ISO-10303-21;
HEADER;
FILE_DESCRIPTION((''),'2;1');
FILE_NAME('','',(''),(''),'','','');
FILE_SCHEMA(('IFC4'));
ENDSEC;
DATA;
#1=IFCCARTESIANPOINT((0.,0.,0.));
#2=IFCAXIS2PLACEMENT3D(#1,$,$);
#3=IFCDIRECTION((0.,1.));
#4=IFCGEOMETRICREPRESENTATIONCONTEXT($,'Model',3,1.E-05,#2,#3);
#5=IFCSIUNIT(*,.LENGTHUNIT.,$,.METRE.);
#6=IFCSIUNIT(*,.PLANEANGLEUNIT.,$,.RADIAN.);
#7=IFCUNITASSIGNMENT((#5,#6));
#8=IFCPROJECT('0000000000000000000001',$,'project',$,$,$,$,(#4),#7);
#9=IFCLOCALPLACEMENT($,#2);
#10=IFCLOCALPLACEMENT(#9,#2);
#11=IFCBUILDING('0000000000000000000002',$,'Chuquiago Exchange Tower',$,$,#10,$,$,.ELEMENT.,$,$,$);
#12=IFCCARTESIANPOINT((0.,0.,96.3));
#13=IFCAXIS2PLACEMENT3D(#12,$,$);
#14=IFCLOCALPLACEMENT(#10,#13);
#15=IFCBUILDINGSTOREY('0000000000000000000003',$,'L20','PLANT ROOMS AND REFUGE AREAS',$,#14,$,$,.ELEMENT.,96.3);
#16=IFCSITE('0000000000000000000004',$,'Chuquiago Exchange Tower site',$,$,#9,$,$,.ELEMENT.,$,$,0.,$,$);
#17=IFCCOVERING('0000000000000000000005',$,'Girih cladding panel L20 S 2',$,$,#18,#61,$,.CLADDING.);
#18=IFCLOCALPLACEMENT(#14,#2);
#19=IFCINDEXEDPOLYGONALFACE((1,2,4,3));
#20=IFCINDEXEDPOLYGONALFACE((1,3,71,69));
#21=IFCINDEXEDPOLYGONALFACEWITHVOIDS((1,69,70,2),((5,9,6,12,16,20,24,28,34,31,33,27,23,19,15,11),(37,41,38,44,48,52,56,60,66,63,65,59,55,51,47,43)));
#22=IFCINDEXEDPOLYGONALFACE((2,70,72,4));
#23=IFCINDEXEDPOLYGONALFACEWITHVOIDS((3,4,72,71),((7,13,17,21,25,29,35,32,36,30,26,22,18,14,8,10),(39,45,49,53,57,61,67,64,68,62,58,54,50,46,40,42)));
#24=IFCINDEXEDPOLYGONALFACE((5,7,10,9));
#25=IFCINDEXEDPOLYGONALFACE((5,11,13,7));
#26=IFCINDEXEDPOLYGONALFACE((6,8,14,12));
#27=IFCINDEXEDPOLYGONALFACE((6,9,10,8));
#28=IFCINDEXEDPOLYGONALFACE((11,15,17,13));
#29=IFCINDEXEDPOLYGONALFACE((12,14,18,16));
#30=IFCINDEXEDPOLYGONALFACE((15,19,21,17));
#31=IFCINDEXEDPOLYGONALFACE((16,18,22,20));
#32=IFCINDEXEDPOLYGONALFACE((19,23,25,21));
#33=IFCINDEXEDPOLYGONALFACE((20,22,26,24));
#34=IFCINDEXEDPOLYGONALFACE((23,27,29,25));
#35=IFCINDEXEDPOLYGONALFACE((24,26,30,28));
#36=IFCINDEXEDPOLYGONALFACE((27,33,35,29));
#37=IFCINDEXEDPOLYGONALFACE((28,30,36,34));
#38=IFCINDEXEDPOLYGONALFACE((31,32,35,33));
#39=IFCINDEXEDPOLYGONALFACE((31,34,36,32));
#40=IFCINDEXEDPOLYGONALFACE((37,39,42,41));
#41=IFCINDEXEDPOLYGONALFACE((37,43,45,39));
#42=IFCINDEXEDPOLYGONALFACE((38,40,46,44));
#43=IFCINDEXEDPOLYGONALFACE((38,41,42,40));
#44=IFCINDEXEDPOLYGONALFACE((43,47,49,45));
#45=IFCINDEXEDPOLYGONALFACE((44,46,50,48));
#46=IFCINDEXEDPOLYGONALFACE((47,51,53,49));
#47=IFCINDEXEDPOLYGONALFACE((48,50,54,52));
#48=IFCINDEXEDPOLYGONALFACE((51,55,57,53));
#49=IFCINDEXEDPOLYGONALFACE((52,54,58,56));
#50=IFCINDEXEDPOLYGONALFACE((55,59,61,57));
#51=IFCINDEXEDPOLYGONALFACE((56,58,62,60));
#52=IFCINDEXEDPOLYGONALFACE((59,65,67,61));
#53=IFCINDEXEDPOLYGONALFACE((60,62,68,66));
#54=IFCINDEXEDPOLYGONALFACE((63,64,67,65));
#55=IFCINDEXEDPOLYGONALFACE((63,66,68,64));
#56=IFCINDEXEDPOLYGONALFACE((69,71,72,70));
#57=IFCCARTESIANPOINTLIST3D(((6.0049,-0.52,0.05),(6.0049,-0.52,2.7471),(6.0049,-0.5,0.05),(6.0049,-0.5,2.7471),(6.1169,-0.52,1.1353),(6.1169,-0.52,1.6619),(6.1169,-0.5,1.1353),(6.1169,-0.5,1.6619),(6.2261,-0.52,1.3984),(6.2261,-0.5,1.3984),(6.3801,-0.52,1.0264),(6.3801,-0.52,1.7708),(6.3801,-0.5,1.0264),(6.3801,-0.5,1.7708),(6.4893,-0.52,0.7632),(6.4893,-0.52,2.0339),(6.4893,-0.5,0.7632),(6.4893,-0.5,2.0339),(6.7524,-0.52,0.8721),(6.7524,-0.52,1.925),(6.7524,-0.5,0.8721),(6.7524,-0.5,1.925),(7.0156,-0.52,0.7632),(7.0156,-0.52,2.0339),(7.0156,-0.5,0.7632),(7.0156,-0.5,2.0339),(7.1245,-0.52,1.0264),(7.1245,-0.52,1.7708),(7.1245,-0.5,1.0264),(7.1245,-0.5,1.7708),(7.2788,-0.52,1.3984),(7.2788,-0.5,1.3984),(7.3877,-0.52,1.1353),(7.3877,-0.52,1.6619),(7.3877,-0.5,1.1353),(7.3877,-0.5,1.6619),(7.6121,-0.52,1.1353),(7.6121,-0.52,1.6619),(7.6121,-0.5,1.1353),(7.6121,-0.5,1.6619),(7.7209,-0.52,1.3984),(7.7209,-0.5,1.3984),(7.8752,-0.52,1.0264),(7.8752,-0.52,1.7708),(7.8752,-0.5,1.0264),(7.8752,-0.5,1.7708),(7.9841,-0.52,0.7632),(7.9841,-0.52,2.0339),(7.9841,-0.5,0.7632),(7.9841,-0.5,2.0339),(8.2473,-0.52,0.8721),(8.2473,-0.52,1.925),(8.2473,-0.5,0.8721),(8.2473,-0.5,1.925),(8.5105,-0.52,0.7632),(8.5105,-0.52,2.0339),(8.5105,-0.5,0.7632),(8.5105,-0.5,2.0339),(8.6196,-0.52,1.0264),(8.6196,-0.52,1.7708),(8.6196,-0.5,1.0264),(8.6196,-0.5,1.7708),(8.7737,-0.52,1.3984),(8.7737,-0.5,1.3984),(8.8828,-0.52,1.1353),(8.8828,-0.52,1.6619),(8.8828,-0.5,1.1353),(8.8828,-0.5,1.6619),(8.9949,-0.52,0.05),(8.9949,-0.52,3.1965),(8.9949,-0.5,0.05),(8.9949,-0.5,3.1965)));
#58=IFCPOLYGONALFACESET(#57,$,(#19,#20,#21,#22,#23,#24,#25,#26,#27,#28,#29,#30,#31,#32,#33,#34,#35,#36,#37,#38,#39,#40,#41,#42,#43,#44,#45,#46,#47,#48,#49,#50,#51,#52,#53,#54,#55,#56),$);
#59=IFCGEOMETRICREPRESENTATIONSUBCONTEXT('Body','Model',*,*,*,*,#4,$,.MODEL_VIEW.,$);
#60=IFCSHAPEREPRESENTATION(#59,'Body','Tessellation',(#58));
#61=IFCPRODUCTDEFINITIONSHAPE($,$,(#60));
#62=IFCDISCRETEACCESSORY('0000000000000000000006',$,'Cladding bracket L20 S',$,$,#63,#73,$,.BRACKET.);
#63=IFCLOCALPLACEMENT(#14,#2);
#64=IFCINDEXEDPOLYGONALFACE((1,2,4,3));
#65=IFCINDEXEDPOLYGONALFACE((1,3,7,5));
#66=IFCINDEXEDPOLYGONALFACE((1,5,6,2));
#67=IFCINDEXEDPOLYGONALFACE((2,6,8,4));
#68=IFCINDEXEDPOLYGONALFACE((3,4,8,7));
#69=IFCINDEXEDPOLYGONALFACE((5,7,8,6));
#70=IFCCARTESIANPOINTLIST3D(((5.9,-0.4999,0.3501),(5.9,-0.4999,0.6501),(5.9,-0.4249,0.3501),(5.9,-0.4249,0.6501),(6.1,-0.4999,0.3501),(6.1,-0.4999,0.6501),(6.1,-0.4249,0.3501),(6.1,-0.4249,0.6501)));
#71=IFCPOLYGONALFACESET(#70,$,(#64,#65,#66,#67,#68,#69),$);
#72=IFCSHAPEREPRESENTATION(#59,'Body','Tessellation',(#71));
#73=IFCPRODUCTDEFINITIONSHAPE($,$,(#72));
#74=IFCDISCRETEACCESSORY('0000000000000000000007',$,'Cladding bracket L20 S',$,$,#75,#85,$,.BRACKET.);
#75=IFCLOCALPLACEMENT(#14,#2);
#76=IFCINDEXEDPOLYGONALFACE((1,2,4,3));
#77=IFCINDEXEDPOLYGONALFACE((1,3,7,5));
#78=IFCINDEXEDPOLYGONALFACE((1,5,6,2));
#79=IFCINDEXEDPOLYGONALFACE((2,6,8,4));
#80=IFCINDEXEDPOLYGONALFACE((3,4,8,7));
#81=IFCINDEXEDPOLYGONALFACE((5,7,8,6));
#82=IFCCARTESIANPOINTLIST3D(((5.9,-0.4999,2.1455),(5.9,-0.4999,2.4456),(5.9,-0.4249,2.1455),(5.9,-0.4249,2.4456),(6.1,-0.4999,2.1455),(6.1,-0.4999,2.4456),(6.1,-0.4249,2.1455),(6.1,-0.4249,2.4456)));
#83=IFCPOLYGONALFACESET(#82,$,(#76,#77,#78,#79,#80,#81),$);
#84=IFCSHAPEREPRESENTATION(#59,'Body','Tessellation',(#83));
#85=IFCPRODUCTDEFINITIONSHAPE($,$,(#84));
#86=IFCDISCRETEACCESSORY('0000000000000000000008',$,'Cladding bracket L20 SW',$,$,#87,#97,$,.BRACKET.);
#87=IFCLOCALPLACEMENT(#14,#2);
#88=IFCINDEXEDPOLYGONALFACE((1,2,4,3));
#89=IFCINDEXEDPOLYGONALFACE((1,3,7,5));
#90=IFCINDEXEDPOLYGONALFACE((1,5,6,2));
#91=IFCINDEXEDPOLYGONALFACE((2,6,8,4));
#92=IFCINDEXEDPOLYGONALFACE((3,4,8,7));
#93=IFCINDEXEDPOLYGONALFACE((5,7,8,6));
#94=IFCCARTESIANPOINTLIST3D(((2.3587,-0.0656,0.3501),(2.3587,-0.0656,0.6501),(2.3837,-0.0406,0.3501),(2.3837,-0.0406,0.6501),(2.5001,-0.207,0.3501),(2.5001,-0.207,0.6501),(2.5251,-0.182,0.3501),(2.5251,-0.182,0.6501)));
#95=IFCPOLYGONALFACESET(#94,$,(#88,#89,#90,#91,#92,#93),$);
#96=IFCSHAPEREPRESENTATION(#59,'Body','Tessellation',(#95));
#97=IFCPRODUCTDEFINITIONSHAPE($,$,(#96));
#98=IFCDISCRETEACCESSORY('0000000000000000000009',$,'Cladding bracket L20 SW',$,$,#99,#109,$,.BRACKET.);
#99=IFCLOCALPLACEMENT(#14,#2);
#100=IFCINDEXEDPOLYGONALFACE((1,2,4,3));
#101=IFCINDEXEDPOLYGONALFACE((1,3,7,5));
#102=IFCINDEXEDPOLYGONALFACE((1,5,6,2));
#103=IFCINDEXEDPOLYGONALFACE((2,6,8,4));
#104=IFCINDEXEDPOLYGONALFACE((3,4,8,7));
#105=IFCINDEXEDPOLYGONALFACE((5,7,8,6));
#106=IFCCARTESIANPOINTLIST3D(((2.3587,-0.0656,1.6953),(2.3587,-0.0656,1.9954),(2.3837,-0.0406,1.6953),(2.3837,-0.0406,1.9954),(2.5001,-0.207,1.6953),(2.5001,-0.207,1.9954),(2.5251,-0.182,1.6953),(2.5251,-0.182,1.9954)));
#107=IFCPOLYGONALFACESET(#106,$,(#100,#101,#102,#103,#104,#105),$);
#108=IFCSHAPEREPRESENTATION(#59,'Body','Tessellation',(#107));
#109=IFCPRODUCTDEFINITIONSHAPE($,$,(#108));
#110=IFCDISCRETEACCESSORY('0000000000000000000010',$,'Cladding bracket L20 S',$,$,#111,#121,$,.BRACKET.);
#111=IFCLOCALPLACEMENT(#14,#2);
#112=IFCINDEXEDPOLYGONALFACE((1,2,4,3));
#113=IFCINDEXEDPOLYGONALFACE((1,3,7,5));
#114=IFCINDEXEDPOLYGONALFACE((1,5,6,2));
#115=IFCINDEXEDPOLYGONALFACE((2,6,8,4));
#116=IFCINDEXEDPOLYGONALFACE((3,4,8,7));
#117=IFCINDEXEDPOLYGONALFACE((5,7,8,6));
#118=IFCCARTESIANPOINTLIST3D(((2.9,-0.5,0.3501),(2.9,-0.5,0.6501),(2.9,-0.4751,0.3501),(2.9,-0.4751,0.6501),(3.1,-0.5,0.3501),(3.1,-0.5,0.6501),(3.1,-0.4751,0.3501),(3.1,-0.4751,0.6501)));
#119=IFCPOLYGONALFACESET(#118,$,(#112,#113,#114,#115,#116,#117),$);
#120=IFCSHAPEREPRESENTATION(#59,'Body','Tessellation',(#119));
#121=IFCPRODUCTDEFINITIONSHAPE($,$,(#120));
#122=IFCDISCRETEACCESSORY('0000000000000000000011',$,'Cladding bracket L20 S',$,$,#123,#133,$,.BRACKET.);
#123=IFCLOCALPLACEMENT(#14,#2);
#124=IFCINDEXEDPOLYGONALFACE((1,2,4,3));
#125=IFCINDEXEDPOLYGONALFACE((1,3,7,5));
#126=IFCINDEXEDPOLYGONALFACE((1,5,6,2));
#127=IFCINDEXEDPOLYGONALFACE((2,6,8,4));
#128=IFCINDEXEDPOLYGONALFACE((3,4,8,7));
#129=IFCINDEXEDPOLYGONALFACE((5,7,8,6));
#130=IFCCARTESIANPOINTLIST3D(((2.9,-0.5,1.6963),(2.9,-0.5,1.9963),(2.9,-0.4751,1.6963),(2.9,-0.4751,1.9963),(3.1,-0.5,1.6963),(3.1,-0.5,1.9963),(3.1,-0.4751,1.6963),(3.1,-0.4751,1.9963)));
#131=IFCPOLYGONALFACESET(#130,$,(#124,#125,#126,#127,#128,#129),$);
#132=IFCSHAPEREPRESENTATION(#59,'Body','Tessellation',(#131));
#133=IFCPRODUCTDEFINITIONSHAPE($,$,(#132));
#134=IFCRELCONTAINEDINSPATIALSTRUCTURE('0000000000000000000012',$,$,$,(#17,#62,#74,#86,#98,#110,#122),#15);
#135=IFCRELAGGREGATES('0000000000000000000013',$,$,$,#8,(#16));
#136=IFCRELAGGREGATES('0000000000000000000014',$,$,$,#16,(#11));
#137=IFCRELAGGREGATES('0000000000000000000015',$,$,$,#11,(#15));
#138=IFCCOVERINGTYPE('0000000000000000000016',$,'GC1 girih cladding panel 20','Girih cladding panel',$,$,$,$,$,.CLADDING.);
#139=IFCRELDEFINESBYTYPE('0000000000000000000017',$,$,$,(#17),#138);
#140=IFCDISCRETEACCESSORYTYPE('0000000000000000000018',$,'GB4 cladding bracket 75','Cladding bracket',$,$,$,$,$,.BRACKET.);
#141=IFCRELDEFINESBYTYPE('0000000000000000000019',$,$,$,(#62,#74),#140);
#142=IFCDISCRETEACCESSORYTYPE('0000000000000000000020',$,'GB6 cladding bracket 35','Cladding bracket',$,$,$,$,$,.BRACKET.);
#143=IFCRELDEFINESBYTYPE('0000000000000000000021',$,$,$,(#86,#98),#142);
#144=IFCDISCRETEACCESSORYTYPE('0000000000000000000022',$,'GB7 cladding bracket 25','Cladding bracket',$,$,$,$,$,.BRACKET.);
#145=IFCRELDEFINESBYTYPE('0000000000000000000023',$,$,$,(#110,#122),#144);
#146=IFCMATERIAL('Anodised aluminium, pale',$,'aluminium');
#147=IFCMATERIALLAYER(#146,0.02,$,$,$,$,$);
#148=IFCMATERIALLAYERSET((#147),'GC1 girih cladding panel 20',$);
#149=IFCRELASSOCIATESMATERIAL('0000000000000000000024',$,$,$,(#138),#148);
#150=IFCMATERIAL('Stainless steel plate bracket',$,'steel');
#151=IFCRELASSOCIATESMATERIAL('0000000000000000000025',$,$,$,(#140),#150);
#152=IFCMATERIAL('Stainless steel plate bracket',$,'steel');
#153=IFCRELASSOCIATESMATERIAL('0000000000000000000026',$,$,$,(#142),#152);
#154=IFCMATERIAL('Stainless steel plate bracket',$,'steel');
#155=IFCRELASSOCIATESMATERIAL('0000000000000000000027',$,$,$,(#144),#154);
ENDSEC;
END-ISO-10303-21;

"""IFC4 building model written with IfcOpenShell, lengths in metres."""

from ifc_helpers import new_model, si_unit, direction, frame, origin, origin_2d, place, context, subcontext, project, spatial, polyline, rectangle, outline, extrude, material, layer, layer_set, type_object, element, save


model = new_model("IFC4")

# Units and contexts
model_context = context("Model", 3, precision=1e-05, world=origin(), true_north=direction((0.0, 1.0)))
body_context = subcontext(model_context, "Body", "Model", "MODEL_VIEW")
ifc_project = project(units=[si_unit("LENGTHUNIT", "METRE"), si_unit("PLANEANGLEUNIT", "RADIAN")], contexts=[model_context])

# Site, building, storey
site_placement = place(None, origin())
site = spatial("IfcSite", under=ifc_project, at=site_placement, Name="Chuquiago Exchange Tower site", CompositionType="ELEMENT", RefElevation=0.0)
building_placement = place(site_placement, origin())
building = spatial("IfcBuilding", under=site, at=building_placement, Name="Chuquiago Exchange Tower", CompositionType="ELEMENT")
storey_placement = place(building_placement, frame((0.0, 0.0, 96.3)))
storey = spatial("IfcBuildingStorey", under=building, at=storey_placement, Name="L20", Description="PLANT ROOMS AND REFUGE AREAS", CompositionType="ELEMENT", Elevation=96.3)

# Covering
ifc_material_1 = material(Name="Anodised aluminium, pale", Category="aluminium")
ifc_layer_1 = layer(ifc_material_1, 0.02)
ifc_layer_set_1 = layer_set([ifc_layer_1], Name="GC1 girih cladding panel 20")
covering_type_1 = type_object("IfcCoveringType", Name="GC1 girih cladding panel 20", Description="Girih cladding panel", PredefinedType="CLADDING", material=ifc_layer_set_1)
covering_1_placement = place(storey_placement, frame((6.0049, -0.5, 0.05), z_axis=(0.0, 0.0, 1.0), x_axis=(1.0, 0.0, 0.0)))
element("IfcCovering", 1, at=covering_1_placement, inside=storey, type_object=covering_type_1, Name="Girih cladding panel L20 S 2", PredefinedType="CLADDING", context=body_context, shape_type="SweptSolid", body=[
    extrude(outline(polyline([(0.0, 0.0), (2.99, 0.0), (2.99, 3.1465), (0.0, 2.697), (0.0, 0.0)]), holes=[polyline([(1.2739, 1.3484), (1.3828, 1.6118), (1.1196, 1.7207), (1.0107, 1.9839), (0.7476, 1.875), (0.4844, 1.9839), (0.3752, 1.7207), (0.1121, 1.6118), (0.2212, 1.3484), (0.1121, 1.0852), (0.3752, 0.9763), (0.4844, 0.7131), (0.7476, 0.822), (1.0107, 0.7131), (1.1196, 0.9763), (1.3828, 1.0852), (1.2739, 1.3484)]), polyline([(2.7688, 1.3484), (2.8779, 1.6118), (2.6147, 1.7207), (2.5056, 1.9839), (2.2424, 1.875), (1.9792, 1.9839), (1.8704, 1.7207), (1.6072, 1.6118), (1.7161, 1.3484), (1.6072, 1.0852), (1.8704, 0.9763), (1.9792, 0.7131), (2.2424, 0.822), (2.5056, 0.7131), (2.6147, 0.9763), (2.8779, 1.0852), (2.7688, 1.3484)])]), frame((0.0, 0.0, 0.0), z_axis=(0.0, -1.0, 0.0), x_axis=(1.0, 0.0, 0.0)), (0.0, 0.0, 1.0), 0.02),
])

# Discrete accessories
ifc_material_2 = material(Name="Stainless steel plate bracket", Category="steel")
discrete_accessory_type_1 = type_object("IfcDiscreteAccessoryType", Name="GB4 cladding bracket 75", Description="Cladding bracket", PredefinedType="BRACKET", material=ifc_material_2)
for number, where, z_axis, x_axis, name in (
    (2, (6.0, -0.4624, 0.3501), (0.0, 0.0, 1.0), (1.0, 0.0, 0.0), "Cladding bracket L20 S"),
    (3, (6.0, -0.4624, 2.1455), (0.0, 0.0, 1.0), (1.0, 0.0, 0.0), "Cladding bracket L20 S"),
):
    element("IfcDiscreteAccessory", number, at=place(storey_placement, frame(where, z_axis=z_axis, x_axis=x_axis)), inside=storey, type_object=discrete_accessory_type_1, Name=name, PredefinedType="BRACKET", context=body_context, shape_type="SweptSolid", body=[
        extrude(rectangle(XDim=0.2, YDim=0.075, at=origin_2d()), origin(), (0.0, 0.0, 1.0), 0.3),
    ])
ifc_material_3 = material(Name="Stainless steel plate bracket", Category="steel")
discrete_accessory_type_2 = type_object("IfcDiscreteAccessoryType", Name="GB6 cladding bracket 35", Description="Cladding bracket", PredefinedType="BRACKET", material=ifc_material_3)
for number, where, z_axis, x_axis, name in (
    (4, (2.4419, -0.1238, 0.3501), (0.0, 0.0, 1.0), (0.707107, -0.707107, 0.0), "Cladding bracket L20 SW"),
    (5, (2.4419, -0.1238, 1.6953), (0.0, 0.0, 1.0), (0.707107, -0.707107, 0.0), "Cladding bracket L20 SW"),
):
    element("IfcDiscreteAccessory", number, at=place(storey_placement, frame(where, z_axis=z_axis, x_axis=x_axis)), inside=storey, type_object=discrete_accessory_type_2, Name=name, PredefinedType="BRACKET", context=body_context, shape_type="SweptSolid", body=[
        extrude(rectangle(XDim=0.2, YDim=0.0354, at=origin_2d()), origin(), (0.0, 0.0, 1.0), 0.3),
    ])
ifc_material_4 = material(Name="Stainless steel plate bracket", Category="steel")
discrete_accessory_type_3 = type_object("IfcDiscreteAccessoryType", Name="GB7 cladding bracket 25", Description="Cladding bracket", PredefinedType="BRACKET", material=ifc_material_4)
for number, where, z_axis, x_axis, name in (
    (6, (3.0, -0.4875, 0.3501), (0.0, 0.0, 1.0), (1.0, 0.0, 0.0), "Cladding bracket L20 S"),
    (7, (3.0, -0.4875, 1.6963), (0.0, 0.0, 1.0), (1.0, 0.0, 0.0), "Cladding bracket L20 S"),
):
    element("IfcDiscreteAccessory", number, at=place(storey_placement, frame(where, z_axis=z_axis, x_axis=x_axis)), inside=storey, type_object=discrete_accessory_type_3, Name=name, PredefinedType="BRACKET", context=body_context, shape_type="SweptSolid", body=[
        extrude(rectangle(XDim=0.2, YDim=0.0249, at=origin_2d()), origin(), (0.0, 0.0, 1.0), 0.3),
    ])

save(model, "model.ifc")
